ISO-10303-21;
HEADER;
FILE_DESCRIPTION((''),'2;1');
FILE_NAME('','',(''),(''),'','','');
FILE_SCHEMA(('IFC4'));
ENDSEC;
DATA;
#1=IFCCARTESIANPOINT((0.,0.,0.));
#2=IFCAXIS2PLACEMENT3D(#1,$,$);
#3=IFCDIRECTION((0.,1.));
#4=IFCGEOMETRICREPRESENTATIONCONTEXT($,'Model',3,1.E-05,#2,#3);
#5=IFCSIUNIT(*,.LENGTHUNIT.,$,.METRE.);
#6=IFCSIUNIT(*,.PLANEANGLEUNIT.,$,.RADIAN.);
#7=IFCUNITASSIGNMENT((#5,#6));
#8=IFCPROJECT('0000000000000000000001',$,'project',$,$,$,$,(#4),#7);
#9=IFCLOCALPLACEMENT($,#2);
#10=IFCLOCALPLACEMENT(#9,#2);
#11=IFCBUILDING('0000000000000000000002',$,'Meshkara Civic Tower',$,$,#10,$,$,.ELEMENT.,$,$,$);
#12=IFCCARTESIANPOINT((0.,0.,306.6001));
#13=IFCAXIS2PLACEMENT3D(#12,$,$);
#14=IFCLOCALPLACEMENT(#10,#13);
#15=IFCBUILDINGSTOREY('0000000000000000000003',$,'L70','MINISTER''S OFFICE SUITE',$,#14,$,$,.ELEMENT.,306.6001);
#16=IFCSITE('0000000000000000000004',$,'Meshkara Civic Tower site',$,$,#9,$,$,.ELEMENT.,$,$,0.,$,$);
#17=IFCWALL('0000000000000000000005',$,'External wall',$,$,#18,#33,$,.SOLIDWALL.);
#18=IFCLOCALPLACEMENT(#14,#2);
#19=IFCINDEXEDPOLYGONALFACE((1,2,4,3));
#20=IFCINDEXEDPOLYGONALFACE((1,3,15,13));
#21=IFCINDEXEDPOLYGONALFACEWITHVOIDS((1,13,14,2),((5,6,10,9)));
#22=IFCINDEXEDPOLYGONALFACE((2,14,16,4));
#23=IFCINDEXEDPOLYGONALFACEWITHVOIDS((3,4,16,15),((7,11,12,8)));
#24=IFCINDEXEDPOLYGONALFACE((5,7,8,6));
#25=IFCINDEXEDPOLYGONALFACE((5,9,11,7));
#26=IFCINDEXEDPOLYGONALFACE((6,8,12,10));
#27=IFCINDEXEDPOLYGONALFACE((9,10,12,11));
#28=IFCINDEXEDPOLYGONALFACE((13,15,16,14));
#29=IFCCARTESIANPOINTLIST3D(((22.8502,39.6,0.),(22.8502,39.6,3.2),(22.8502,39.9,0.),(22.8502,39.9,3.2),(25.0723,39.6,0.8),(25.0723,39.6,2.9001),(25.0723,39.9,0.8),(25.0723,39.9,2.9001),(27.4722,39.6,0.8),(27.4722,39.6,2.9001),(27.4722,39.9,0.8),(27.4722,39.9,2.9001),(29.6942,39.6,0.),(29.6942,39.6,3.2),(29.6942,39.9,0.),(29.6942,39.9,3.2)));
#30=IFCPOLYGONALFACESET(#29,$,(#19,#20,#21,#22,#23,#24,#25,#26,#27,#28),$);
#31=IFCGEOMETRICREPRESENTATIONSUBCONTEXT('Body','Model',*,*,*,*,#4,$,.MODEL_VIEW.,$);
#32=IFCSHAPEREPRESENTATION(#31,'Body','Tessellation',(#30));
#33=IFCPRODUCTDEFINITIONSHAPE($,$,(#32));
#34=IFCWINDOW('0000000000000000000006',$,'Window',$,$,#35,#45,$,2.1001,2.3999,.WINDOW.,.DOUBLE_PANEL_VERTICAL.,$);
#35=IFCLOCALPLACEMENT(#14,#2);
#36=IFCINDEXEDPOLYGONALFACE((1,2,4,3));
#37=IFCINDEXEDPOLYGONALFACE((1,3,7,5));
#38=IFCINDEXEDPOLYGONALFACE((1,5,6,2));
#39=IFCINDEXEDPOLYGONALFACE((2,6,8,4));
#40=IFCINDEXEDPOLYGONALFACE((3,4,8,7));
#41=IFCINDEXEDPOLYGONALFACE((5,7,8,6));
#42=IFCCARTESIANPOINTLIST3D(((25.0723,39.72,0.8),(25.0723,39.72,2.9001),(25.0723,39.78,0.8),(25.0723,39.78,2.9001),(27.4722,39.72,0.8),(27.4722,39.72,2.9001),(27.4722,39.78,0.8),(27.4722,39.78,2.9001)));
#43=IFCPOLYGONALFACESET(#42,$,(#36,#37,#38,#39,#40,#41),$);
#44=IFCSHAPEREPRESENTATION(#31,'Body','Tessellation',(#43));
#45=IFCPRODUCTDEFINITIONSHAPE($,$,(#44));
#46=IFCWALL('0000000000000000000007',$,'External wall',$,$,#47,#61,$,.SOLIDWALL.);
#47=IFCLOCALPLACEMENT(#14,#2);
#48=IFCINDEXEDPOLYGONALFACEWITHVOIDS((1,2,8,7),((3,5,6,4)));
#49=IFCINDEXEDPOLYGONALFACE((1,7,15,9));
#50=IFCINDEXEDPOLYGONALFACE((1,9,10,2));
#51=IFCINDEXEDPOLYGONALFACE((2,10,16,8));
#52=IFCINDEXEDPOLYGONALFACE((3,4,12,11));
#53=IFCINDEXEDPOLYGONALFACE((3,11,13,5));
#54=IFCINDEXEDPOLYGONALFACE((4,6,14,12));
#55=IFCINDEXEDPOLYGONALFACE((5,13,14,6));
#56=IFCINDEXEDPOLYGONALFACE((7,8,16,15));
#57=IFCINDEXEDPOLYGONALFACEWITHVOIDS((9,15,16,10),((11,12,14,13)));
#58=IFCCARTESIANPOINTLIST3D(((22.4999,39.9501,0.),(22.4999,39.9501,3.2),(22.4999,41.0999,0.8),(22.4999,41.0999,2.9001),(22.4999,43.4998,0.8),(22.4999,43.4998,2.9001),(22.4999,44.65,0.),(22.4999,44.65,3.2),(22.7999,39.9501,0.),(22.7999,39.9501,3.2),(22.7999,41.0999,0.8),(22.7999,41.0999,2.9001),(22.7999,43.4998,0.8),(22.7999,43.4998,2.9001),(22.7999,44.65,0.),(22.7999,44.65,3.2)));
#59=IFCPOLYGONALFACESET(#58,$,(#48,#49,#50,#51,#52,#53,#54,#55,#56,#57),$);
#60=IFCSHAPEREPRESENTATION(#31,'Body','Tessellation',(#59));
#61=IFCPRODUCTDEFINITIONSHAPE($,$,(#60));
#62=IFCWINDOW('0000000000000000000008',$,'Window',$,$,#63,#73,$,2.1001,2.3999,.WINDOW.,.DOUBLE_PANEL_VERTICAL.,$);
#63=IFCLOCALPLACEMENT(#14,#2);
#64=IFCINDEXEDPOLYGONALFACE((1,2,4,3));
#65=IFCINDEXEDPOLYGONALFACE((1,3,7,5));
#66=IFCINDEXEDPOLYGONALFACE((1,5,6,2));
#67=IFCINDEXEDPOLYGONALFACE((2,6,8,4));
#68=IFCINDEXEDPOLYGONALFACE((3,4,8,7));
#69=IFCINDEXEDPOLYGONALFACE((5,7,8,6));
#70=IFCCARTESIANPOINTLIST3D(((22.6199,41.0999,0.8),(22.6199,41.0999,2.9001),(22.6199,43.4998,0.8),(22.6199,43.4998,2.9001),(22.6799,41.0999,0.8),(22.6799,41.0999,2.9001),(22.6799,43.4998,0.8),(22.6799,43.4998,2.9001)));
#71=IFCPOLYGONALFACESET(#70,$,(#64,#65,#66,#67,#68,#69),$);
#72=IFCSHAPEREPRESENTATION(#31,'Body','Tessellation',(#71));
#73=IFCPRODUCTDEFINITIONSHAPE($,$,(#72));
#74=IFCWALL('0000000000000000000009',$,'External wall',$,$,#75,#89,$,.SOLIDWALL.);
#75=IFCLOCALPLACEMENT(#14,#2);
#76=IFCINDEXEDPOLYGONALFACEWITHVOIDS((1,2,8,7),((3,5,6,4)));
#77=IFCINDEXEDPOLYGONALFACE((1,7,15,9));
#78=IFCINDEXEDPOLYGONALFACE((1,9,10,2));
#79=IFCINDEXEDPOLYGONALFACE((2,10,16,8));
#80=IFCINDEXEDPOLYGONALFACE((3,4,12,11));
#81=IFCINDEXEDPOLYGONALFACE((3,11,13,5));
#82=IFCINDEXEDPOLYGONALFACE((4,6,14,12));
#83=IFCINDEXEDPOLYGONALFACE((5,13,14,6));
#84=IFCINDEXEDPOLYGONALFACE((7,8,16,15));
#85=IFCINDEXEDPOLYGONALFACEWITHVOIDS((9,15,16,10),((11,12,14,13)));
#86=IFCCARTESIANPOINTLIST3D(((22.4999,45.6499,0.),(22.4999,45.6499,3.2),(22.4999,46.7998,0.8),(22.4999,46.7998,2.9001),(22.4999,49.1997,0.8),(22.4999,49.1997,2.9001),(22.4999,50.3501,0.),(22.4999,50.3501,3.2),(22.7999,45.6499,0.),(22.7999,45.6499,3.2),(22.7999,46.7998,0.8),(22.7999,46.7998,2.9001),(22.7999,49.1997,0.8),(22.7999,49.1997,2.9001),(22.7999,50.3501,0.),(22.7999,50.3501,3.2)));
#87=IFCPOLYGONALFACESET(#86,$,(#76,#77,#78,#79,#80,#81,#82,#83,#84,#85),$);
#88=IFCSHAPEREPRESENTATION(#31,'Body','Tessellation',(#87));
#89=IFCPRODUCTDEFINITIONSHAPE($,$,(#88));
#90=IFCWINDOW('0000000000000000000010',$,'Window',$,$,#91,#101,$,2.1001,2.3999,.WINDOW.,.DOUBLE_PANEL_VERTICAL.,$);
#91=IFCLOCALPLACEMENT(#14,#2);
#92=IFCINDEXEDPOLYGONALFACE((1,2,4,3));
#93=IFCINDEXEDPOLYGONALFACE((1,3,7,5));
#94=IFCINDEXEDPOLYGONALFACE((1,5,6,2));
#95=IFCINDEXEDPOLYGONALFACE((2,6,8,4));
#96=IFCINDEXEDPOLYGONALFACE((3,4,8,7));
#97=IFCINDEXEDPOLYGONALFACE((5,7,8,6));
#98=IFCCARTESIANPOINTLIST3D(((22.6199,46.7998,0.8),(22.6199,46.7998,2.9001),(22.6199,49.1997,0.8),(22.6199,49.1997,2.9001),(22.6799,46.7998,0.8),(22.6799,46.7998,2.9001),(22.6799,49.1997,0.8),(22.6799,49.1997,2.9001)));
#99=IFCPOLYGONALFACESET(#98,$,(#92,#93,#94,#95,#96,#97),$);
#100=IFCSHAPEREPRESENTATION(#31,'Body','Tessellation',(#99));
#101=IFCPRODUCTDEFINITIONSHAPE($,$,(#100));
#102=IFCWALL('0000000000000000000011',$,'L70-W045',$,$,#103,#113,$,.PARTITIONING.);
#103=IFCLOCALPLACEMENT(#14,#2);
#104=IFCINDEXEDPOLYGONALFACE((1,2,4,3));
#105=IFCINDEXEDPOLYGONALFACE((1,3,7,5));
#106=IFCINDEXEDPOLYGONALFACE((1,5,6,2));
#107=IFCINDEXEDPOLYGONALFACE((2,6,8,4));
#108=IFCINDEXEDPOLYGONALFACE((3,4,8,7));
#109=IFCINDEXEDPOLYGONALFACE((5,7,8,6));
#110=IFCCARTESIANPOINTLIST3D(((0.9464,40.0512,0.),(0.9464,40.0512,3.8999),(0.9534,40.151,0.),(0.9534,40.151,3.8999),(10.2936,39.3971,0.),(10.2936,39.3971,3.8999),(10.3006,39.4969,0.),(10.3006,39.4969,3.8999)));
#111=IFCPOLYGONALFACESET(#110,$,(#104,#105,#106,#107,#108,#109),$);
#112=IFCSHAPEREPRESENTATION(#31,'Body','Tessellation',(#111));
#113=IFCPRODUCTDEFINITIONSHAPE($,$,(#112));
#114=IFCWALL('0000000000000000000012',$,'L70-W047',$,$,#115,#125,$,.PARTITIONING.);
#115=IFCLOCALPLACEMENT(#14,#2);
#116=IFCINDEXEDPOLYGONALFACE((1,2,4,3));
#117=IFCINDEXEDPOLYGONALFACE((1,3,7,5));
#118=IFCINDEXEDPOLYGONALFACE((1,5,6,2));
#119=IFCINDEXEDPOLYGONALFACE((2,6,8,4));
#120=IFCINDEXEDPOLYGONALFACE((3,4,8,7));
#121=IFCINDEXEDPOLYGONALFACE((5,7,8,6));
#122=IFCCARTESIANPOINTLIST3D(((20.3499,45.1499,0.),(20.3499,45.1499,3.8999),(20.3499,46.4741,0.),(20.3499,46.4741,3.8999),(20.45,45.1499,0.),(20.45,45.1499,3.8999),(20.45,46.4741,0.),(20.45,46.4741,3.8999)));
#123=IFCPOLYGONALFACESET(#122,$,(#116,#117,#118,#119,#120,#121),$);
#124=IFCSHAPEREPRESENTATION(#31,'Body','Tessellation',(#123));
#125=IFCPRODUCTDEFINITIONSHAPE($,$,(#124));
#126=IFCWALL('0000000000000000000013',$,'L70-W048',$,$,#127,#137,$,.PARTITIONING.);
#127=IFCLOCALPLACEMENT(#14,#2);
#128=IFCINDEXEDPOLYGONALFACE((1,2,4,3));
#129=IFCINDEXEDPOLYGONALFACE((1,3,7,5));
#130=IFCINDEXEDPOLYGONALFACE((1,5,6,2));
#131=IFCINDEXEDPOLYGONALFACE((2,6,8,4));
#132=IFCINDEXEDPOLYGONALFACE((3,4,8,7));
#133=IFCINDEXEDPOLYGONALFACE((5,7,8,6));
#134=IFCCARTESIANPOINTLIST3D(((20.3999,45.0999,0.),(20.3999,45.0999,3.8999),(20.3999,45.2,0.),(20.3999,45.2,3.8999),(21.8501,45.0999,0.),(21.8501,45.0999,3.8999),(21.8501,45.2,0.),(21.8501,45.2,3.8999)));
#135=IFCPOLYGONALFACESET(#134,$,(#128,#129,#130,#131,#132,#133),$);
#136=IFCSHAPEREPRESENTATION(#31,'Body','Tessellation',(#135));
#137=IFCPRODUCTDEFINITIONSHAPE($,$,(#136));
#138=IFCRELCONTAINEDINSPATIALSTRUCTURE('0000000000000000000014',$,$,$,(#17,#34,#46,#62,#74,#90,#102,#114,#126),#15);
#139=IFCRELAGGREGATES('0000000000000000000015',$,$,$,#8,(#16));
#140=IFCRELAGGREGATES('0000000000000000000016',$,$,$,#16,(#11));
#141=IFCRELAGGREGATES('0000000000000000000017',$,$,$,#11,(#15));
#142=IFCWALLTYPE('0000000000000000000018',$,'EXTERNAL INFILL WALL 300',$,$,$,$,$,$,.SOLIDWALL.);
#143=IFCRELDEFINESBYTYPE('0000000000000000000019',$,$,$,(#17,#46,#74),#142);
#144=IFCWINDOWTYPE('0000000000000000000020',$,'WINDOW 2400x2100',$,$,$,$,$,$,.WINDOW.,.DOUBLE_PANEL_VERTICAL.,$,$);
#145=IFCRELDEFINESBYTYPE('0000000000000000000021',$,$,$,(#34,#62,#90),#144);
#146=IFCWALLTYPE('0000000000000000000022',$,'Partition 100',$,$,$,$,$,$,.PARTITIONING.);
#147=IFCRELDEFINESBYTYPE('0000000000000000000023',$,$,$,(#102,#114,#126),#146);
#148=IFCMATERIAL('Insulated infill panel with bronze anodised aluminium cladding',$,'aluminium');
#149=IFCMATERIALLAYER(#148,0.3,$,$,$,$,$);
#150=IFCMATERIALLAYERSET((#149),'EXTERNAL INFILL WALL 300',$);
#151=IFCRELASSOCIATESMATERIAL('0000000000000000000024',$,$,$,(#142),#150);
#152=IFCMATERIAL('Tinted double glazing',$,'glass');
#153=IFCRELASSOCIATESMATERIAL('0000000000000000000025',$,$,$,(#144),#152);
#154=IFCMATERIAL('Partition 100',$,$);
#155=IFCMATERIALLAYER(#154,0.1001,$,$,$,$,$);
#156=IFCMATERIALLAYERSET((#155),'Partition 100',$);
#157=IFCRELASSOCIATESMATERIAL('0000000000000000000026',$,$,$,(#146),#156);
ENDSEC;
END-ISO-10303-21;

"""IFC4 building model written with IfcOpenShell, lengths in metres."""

from ifc_helpers import new_model, si_unit, direction, frame, frame_2d, origin, place, context, subcontext, project, spatial, rectangle, extrude, material, layer, layer_set, type_object, element, fill, save


model = new_model("IFC4")

# Units and contexts
model_context = context("Model", 3, precision=1e-05, world=origin(), true_north=direction((0.0, 1.0)))
body_context = subcontext(model_context, "Body", "Model", "MODEL_VIEW")
ifc_project = project(units=[si_unit("LENGTHUNIT", "METRE"), si_unit("PLANEANGLEUNIT", "RADIAN")], contexts=[model_context])

# Site, building, storey
site_placement = place(None, origin())
site = spatial("IfcSite", under=ifc_project, at=site_placement, Name="Meshkara Civic Tower site", CompositionType="ELEMENT", RefElevation=0.0)
building_placement = place(site_placement, origin())
building = spatial("IfcBuilding", under=site, at=building_placement, Name="Meshkara Civic Tower", CompositionType="ELEMENT")
storey_placement = place(building_placement, frame((0.0, 0.0, 306.6001)))
storey = spatial("IfcBuildingStorey", under=building, at=storey_placement, Name="L70", Description="MINISTER'S OFFICE SUITE", CompositionType="ELEMENT", Elevation=306.6001)

# Walls, openings, windows
ifc_material_1 = material(Name="Insulated infill panel with bronze anodised aluminium cladding", Category="aluminium")
ifc_layer_1 = layer(ifc_material_1, 0.3)
ifc_layer_set_1 = layer_set([ifc_layer_1], Name="EXTERNAL INFILL WALL 300")
wall_type_1 = type_object("IfcWallType", Name="EXTERNAL INFILL WALL 300", PredefinedType="SOLIDWALL", material=ifc_layer_set_1)
ifc_material_2 = material(Name="Tinted double glazing", Category="glass")
window_type = type_object("IfcWindowType", Name="WINDOW 2400x2100", PartitioningType="DOUBLE_PANEL_VERTICAL", PredefinedType="WINDOW", material=ifc_material_2)
wall_1_placement = place(storey_placement, frame((29.6941, 39.75, 0.0), z_axis=(0.0, 0.0, 1.0), x_axis=(-1.0, 0.0, 0.0)))
wall_1 = element("IfcWall", 1, at=wall_1_placement, inside=storey, type_object=wall_type_1, Name="External wall", PredefinedType="SOLIDWALL", context=body_context, shape_type="SweptSolid", body=[
    extrude(rectangle(XDim=6.844, YDim=0.3, at=frame_2d((3.4219, 0.0))), origin(), (0.0, 0.0, 1.0), 3.2),
])
opening_1_placement = place(wall_1_placement, frame((2.2219, 0.0, 0.8)))
opening_1 = element("IfcOpeningElement", 2, at=opening_1_placement, cuts=wall_1, PredefinedType="OPENING", context=body_context, shape_type="SweptSolid", body=[
    extrude(rectangle(XDim=2.3999, YDim=2.1001, at=frame_2d((1.2, 1.05))), frame((0.0, 0.1599, 0.0), z_axis=(0.0, -1.0, 0.0), x_axis=(1.0, 0.0, 0.0)), (0.0, 0.0, 1.0), 0.3201),
])
window_1_placement = place(opening_1_placement, origin())
window_1 = element("IfcWindow", 3, at=window_1_placement, inside=storey, type_object=window_type, Name="Window", OverallHeight=2.1001, OverallWidth=2.3999, PartitioningType="DOUBLE_PANEL_VERTICAL", PredefinedType="WINDOW", context=body_context, shape_type="SweptSolid", body=[
    extrude(rectangle(XDim=2.3999, YDim=2.1001, at=frame_2d((1.2, 1.05))), frame((0.0, 0.03, 0.0), z_axis=(0.0, -1.0, 0.0), x_axis=(1.0, 0.0, 0.0)), (0.0, 0.0, 1.0), 0.0601),
])
fill(opening_1, window_1)
wall_2_placement = place(storey_placement, frame((22.6499, 39.95, 0.0), z_axis=(0.0, 0.0, 1.0), x_axis=(0.0, 1.0, 0.0)))
wall_2 = element("IfcWall", 4, at=wall_2_placement, inside=storey, type_object=wall_type_1, Name="External wall", PredefinedType="SOLIDWALL", context=body_context, shape_type="SweptSolid", body=[
    extrude(rectangle(XDim=4.7, YDim=0.3, at=frame_2d((2.3501, 0.0))), origin(), (0.0, 0.0, 1.0), 3.2),
])
opening_2_placement = place(wall_2_placement, frame((1.1499, 0.0, 0.8)))
opening_2 = element("IfcOpeningElement", 5, at=opening_2_placement, cuts=wall_2, PredefinedType="OPENING", context=body_context, shape_type="SweptSolid", body=[
    extrude(rectangle(XDim=2.3999, YDim=2.1001, at=frame_2d((1.2, 1.05))), frame((0.0, 0.1599, 0.0), z_axis=(0.0, -1.0, 0.0), x_axis=(1.0, 0.0, 0.0)), (0.0, 0.0, 1.0), 0.3201),
])
window_2_placement = place(opening_2_placement, origin())
window_2 = element("IfcWindow", 6, at=window_2_placement, inside=storey, type_object=window_type, Name="Window", OverallHeight=2.1001, OverallWidth=2.3999, PartitioningType="DOUBLE_PANEL_VERTICAL", PredefinedType="WINDOW", context=body_context, shape_type="SweptSolid", body=[
    extrude(rectangle(XDim=2.3999, YDim=2.1001, at=frame_2d((1.2, 1.05))), frame((0.0, 0.03, 0.0), z_axis=(0.0, -1.0, 0.0), x_axis=(1.0, 0.0, 0.0)), (0.0, 0.0, 1.0), 0.0601),
])
fill(opening_2, window_2)
wall_3_placement = place(storey_placement, frame((22.6499, 45.6499, 0.0), z_axis=(0.0, 0.0, 1.0), x_axis=(0.0, 1.0, 0.0)))
wall_3 = element("IfcWall", 7, at=wall_3_placement, inside=storey, type_object=wall_type_1, Name="External wall", PredefinedType="SOLIDWALL", context=body_context, shape_type="SweptSolid", body=[
    extrude(rectangle(XDim=4.7002, YDim=0.3, at=frame_2d((2.3501, 0.0))), origin(), (0.0, 0.0, 1.0), 3.2),
])
opening_3_placement = place(wall_3_placement, frame((1.1499, 0.0, 0.8)))
opening_3 = element("IfcOpeningElement", 8, at=opening_3_placement, cuts=wall_3, PredefinedType="OPENING", context=body_context, shape_type="SweptSolid", body=[
    extrude(rectangle(XDim=2.3999, YDim=2.1001, at=frame_2d((1.2, 1.05))), frame((0.0, 0.1599, 0.0), z_axis=(0.0, -1.0, 0.0), x_axis=(1.0, 0.0, 0.0)), (0.0, 0.0, 1.0), 0.3201),
])
window_3_placement = place(opening_3_placement, origin())
window_3 = element("IfcWindow", 9, at=window_3_placement, inside=storey, type_object=window_type, Name="Window", OverallHeight=2.1001, OverallWidth=2.3999, PartitioningType="DOUBLE_PANEL_VERTICAL", PredefinedType="WINDOW", context=body_context, shape_type="SweptSolid", body=[
    extrude(rectangle(XDim=2.3999, YDim=2.1001, at=frame_2d((1.2, 1.05))), frame((0.0, 0.03, 0.0), z_axis=(0.0, -1.0, 0.0), x_axis=(1.0, 0.0, 0.0)), (0.0, 0.0, 1.0), 0.0601),
])
fill(opening_3, window_3)

# Walls
ifc_material_3 = material(Name="Partition 100")
ifc_layer_2 = layer(ifc_material_3, 0.1001)
ifc_layer_set_2 = layer_set([ifc_layer_2], Name="Partition 100")
wall_type_2 = type_object("IfcWallType", Name="Partition 100", PredefinedType="PARTITIONING", material=ifc_layer_set_2)
wall_4_placement = place(storey_placement, frame((10.2971, 39.447, 0.0), z_axis=(0.0, 0.0, 1.0), x_axis=(-0.997561, 0.069803, 0.0)))
element("IfcWall", 10, at=wall_4_placement, inside=storey, type_object=wall_type_2, Name="L70-W045", PredefinedType="PARTITIONING", context=body_context, shape_type="SweptSolid", body=[
    extrude(rectangle(XDim=9.3701, YDim=0.1001, at=frame_2d((4.6851, 0.0))), origin(), (0.0, 0.0, 1.0), 3.8999),
])
wall_5_placement = place(storey_placement, frame((20.3999, 45.1499, 0.0), z_axis=(0.0, 0.0, 1.0), x_axis=(0.0, 1.0, 0.0)))
element("IfcWall", 11, at=wall_5_placement, inside=storey, type_object=wall_type_2, Name="L70-W047", PredefinedType="PARTITIONING", context=body_context, shape_type="SweptSolid", body=[
    extrude(rectangle(XDim=1.3242, YDim=0.1001, at=frame_2d((0.6621, 0.0))), origin(), (0.0, 0.0, 1.0), 3.8999),
])
wall_6_placement = place(storey_placement, frame((21.8501, 45.1499, 0.0), z_axis=(0.0, 0.0, 1.0), x_axis=(-1.0, 0.0, 0.0)))
element("IfcWall", 12, at=wall_6_placement, inside=storey, type_object=wall_type_2, Name="L70-W048", PredefinedType="PARTITIONING", context=body_context, shape_type="SweptSolid", body=[
    extrude(rectangle(XDim=1.4502, YDim=0.1001, at=frame_2d((0.7251, 0.0))), origin(), (0.0, 0.0, 1.0), 3.8999),
])

save(model, "model.ifc")
